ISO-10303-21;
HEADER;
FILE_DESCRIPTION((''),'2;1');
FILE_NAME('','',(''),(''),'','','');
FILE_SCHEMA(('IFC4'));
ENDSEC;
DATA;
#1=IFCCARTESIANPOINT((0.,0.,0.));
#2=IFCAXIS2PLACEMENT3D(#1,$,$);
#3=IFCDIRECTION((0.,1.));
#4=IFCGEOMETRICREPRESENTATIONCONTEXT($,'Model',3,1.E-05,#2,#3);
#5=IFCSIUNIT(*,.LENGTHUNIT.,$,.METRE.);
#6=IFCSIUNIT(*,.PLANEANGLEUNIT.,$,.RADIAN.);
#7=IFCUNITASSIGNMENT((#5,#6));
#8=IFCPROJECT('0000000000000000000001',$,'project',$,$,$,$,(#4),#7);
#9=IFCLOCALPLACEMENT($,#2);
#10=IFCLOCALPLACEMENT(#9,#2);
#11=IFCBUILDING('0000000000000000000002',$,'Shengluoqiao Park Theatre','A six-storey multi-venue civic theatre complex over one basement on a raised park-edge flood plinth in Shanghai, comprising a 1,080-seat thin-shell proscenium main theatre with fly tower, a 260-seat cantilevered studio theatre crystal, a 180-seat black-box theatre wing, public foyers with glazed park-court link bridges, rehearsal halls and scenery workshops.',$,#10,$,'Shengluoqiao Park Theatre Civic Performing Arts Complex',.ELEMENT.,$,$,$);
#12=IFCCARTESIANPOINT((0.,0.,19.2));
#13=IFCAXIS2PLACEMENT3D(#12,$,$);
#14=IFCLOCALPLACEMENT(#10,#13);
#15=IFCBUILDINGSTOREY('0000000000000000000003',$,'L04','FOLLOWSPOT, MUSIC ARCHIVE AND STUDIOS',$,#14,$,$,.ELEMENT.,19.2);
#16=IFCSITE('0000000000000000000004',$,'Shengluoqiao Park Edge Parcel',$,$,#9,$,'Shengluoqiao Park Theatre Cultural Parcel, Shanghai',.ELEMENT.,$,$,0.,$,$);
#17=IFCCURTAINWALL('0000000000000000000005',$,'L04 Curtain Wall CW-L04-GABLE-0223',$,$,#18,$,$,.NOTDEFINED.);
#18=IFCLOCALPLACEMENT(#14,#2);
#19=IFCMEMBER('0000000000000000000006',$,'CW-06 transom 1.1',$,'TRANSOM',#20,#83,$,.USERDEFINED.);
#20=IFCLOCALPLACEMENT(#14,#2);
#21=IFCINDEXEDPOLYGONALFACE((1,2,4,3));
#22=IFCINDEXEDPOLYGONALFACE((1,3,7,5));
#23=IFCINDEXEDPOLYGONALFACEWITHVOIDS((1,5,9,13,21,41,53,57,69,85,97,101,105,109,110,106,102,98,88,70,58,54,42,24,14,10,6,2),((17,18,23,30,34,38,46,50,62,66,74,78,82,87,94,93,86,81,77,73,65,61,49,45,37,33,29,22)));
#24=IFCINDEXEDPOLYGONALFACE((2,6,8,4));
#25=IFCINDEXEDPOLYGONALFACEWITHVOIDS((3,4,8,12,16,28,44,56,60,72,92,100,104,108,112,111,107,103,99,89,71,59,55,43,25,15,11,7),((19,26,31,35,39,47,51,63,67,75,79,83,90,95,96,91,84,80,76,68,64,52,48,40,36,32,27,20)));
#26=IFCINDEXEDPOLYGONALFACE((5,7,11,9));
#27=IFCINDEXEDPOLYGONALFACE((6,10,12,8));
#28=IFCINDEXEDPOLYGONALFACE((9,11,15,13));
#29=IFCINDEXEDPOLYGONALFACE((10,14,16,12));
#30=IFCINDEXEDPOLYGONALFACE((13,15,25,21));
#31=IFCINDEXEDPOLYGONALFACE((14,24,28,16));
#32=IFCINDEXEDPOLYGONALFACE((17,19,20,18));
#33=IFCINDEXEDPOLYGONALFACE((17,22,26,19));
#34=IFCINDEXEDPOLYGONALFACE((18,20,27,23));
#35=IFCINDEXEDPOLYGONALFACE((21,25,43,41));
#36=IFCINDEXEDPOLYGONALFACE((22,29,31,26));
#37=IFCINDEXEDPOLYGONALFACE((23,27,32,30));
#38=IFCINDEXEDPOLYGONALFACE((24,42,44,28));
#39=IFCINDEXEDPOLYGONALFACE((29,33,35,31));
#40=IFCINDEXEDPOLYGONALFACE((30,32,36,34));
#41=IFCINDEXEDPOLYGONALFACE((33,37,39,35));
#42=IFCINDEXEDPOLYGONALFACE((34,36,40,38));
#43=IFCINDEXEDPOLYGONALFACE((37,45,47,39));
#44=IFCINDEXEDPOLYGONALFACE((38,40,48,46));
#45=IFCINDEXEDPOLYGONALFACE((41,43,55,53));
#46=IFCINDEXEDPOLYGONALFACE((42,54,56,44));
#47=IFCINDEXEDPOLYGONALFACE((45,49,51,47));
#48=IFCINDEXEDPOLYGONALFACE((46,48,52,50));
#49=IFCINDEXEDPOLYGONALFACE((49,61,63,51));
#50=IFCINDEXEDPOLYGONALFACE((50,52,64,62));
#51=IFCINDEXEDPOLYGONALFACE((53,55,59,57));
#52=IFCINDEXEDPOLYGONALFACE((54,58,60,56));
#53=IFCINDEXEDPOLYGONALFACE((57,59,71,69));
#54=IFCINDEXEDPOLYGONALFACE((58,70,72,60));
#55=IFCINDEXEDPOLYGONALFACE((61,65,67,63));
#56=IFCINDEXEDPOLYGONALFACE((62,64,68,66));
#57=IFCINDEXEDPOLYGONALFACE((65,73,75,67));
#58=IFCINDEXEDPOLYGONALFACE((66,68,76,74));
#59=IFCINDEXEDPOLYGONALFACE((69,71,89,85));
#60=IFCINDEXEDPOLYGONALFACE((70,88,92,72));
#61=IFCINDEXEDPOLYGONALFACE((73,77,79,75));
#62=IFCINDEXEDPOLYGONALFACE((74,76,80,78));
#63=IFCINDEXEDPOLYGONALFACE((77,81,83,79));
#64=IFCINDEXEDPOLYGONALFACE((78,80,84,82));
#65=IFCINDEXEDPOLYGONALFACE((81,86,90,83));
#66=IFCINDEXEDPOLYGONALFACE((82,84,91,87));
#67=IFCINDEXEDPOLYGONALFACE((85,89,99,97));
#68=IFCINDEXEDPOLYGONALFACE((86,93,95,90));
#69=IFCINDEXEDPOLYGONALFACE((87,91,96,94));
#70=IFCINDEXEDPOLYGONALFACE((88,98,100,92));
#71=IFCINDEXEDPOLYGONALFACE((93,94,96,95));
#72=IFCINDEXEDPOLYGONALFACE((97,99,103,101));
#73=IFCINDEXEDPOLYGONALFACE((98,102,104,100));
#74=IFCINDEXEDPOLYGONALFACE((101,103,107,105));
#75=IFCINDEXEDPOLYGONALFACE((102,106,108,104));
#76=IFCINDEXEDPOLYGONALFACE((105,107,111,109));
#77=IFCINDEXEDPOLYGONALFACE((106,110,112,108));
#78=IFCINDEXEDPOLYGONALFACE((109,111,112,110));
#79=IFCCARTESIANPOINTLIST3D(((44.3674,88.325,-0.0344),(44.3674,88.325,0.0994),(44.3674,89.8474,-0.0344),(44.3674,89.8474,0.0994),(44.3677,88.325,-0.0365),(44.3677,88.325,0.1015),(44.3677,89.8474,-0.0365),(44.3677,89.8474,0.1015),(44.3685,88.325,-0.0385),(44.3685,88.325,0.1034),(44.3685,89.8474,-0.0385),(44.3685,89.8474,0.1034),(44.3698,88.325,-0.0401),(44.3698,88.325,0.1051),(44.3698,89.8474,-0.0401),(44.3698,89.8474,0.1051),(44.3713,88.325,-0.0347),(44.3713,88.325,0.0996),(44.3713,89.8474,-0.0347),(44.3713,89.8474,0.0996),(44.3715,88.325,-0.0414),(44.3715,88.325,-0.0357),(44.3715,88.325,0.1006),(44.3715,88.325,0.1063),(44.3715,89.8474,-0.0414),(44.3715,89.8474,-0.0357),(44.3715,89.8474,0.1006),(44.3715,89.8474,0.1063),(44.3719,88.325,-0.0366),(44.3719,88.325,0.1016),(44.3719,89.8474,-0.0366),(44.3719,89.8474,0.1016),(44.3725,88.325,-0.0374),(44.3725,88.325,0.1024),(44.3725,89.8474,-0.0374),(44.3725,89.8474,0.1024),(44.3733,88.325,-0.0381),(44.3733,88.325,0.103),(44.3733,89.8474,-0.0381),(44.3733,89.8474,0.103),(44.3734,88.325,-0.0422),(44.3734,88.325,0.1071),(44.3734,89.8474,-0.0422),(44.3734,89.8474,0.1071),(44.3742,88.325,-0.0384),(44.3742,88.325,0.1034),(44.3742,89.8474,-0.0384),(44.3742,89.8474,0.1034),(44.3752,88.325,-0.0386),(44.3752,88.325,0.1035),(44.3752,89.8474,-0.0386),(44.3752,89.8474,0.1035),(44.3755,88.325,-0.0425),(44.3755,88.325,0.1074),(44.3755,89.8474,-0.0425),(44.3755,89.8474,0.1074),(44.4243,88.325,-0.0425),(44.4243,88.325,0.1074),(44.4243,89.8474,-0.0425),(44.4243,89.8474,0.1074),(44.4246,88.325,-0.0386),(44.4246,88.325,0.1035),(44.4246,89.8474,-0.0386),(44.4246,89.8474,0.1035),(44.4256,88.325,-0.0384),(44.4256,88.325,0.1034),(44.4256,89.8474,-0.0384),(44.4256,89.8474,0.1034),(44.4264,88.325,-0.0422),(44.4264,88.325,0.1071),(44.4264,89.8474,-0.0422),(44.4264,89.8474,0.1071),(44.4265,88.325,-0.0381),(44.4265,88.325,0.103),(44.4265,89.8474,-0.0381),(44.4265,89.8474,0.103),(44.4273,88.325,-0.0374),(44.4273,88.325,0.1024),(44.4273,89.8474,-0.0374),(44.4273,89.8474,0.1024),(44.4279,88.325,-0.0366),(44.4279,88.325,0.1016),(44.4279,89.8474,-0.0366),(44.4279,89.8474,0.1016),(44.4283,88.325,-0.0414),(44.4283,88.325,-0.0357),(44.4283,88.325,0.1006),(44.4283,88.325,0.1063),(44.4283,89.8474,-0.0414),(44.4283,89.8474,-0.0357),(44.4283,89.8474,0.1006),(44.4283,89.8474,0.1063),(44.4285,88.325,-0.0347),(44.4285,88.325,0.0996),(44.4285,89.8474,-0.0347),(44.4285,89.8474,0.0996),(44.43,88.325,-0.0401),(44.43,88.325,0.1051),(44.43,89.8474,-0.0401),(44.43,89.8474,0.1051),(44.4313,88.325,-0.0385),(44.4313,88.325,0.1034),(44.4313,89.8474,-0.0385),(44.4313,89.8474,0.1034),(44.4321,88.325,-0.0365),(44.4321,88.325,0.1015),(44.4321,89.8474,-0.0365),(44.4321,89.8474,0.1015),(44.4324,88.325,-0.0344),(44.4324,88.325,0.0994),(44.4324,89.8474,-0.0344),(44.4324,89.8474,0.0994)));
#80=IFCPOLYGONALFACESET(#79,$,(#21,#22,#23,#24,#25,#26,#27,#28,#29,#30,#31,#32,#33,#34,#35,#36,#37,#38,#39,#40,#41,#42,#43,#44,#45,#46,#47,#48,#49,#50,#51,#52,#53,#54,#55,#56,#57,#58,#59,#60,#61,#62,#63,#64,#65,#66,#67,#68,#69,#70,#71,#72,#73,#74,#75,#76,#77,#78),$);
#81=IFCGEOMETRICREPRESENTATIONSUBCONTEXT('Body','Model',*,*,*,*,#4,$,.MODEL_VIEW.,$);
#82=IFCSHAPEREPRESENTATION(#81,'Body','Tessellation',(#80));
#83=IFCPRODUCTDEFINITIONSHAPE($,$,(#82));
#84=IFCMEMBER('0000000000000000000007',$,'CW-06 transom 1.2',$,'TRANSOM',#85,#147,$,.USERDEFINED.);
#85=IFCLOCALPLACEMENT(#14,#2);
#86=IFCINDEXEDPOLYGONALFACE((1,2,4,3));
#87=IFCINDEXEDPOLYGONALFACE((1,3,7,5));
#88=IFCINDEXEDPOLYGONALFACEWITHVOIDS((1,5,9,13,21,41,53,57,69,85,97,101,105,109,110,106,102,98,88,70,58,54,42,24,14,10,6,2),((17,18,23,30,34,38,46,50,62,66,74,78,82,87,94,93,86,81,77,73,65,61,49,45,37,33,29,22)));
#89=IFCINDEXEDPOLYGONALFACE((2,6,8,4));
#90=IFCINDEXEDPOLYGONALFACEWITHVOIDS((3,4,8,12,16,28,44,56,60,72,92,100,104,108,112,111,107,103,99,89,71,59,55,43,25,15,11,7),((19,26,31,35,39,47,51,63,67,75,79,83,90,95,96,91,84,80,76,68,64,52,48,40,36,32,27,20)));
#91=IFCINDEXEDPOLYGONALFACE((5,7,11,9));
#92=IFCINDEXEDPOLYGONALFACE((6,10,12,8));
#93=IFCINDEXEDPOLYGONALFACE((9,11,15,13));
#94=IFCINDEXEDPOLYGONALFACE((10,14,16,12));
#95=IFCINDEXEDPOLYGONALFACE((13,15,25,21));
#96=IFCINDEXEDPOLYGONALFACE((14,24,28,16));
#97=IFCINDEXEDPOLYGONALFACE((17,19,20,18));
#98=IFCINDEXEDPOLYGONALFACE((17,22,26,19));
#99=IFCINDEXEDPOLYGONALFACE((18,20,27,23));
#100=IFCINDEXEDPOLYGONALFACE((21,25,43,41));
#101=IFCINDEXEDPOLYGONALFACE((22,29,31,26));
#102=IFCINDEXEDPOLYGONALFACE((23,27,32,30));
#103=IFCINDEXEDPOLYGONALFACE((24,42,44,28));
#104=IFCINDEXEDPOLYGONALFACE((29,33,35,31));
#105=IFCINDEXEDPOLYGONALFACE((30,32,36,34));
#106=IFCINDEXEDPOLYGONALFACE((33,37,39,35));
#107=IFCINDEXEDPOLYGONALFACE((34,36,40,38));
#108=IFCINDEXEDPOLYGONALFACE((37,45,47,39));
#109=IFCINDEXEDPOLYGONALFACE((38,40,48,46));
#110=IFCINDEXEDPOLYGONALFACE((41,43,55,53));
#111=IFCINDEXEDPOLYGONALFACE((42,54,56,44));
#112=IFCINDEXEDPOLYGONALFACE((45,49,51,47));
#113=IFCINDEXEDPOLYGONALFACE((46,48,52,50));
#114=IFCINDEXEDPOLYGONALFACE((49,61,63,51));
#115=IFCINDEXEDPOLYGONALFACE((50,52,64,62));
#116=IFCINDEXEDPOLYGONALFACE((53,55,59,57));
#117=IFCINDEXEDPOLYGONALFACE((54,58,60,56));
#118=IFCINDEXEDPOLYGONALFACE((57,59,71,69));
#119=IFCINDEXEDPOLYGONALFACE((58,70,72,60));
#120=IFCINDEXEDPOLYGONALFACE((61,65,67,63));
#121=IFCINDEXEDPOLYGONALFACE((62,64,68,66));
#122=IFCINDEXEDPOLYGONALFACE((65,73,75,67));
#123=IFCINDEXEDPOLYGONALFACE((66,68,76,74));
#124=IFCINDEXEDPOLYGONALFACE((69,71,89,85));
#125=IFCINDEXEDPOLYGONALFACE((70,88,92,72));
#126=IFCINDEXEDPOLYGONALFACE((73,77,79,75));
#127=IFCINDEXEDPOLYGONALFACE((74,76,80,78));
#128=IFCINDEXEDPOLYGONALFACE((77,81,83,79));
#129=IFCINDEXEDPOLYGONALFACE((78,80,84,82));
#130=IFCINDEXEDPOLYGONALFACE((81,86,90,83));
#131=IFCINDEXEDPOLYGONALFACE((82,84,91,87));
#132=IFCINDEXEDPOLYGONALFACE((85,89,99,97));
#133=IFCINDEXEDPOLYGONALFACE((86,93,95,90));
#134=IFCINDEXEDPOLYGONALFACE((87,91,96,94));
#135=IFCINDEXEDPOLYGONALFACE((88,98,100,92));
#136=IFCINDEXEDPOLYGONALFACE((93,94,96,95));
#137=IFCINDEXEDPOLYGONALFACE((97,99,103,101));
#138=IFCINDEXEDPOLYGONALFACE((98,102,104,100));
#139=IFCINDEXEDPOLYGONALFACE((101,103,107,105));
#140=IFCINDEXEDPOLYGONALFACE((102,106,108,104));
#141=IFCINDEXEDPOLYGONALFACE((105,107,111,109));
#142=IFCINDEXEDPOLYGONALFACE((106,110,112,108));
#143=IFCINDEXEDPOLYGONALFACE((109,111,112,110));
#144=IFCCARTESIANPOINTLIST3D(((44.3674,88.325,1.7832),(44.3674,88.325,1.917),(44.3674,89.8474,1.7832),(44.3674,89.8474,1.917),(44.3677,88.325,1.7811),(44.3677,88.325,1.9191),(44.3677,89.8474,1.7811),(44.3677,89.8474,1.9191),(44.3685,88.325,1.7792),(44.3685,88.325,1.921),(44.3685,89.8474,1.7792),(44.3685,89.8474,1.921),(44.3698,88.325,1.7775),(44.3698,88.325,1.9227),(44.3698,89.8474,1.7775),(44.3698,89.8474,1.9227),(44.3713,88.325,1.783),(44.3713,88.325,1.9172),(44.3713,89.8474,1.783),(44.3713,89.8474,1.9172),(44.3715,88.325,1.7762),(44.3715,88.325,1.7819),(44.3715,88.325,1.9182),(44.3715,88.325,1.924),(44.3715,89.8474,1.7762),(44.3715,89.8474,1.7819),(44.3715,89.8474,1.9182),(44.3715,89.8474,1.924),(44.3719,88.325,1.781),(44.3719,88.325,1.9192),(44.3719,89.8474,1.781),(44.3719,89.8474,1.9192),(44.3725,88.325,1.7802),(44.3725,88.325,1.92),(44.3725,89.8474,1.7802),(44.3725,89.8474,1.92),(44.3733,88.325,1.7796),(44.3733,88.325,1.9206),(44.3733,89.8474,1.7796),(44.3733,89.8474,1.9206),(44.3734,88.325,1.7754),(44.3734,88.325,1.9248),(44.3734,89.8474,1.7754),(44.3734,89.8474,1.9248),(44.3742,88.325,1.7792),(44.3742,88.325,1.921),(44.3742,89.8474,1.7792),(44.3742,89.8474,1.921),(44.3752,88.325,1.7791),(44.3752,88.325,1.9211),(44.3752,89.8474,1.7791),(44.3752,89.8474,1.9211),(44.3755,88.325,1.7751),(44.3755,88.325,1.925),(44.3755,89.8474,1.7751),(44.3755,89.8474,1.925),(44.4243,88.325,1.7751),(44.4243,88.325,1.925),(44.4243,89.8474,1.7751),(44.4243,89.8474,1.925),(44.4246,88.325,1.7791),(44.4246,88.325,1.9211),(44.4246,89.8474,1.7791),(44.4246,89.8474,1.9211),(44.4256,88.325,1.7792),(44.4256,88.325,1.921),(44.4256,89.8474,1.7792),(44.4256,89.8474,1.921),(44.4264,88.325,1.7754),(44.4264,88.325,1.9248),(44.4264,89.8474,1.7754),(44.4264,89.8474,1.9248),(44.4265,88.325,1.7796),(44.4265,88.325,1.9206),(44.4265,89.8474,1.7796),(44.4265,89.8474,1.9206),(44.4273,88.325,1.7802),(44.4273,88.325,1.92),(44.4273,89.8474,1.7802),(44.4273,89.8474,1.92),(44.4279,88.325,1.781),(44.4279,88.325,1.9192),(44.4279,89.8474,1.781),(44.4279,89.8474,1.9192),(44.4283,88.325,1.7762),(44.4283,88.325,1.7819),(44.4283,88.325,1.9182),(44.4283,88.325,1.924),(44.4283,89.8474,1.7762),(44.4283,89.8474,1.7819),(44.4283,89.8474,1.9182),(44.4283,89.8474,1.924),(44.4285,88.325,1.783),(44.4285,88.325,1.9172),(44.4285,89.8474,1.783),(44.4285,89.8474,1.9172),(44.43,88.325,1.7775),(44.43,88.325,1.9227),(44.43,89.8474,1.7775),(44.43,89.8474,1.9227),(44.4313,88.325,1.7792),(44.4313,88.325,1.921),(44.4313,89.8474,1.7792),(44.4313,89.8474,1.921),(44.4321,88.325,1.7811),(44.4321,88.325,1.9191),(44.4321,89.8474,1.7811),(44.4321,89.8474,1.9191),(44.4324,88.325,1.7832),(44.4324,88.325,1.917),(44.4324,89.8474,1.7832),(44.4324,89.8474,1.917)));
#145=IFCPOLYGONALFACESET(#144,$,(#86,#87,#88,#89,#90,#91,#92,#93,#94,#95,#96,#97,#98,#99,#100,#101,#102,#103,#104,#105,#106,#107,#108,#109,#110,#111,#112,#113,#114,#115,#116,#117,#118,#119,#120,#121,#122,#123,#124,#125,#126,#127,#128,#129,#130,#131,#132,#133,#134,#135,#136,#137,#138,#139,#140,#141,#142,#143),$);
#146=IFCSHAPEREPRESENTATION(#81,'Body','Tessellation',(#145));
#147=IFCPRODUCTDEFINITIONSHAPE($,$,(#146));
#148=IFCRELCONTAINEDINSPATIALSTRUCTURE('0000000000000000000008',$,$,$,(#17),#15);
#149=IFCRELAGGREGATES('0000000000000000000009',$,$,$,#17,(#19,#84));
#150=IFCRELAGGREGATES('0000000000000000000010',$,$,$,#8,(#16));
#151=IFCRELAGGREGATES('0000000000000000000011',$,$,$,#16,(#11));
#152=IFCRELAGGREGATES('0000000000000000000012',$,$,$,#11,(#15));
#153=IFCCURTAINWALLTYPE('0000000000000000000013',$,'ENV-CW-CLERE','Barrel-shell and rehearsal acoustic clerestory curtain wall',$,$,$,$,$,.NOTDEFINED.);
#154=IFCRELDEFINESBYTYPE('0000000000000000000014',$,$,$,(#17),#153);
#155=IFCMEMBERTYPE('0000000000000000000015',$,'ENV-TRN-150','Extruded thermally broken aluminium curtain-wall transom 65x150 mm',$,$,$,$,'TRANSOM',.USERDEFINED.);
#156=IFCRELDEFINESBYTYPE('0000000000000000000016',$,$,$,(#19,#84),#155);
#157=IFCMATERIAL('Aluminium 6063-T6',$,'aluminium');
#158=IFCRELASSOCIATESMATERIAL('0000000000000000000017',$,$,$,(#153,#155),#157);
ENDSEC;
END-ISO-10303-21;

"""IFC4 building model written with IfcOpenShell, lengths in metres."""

from ifc_helpers import new_model, si_unit, direction, frame, origin, origin_2d, place, context, subcontext, project, spatial, hollow_rectangle, extrude, material, material_profile, profile_set, type_object, element, aggregate, save


model = new_model("IFC4")

# Units and contexts
model_context = context("Model", 3, precision=1e-05, world=origin(), true_north=direction((0.0, 1.0)))
body_context = subcontext(model_context, "Body", "Model", "MODEL_VIEW")
ifc_project = project(units=[si_unit("LENGTHUNIT", "METRE"), si_unit("PLANEANGLEUNIT", "RADIAN")], contexts=[model_context])

# Site, building, storey
site_placement = place(None, origin())
site = spatial("IfcSite", under=ifc_project, at=site_placement, Name="Shengluoqiao Park Edge Parcel", LongName="Shengluoqiao Park Theatre Cultural Parcel, Shanghai", CompositionType="ELEMENT", RefElevation=0.0)
building_placement = place(site_placement, origin())
building = spatial("IfcBuilding", under=site, at=building_placement, Name="Shengluoqiao Park Theatre", Description="A six-storey multi-venue civic theatre complex over one basement on a raised park-edge flood plinth in Shanghai, comprising a 1,080-seat thin-shell proscenium main theatre with fly tower, a 260-seat cantilevered studio theatre crystal, a 180-seat black-box theatre wing, public foyers with glazed park-court link bridges, rehearsal halls and scenery workshops.", LongName="Shengluoqiao Park Theatre Civic Performing Arts Complex", CompositionType="ELEMENT")
storey_placement = place(building_placement, frame((0.0, 0.0, 19.2)))
storey = spatial("IfcBuildingStorey", under=building, at=storey_placement, Name="L04", Description="FOLLOWSPOT, MUSIC ARCHIVE AND STUDIOS", CompositionType="ELEMENT", Elevation=19.2)

# Curtain wall, members
ifc_material_1 = material(Name="Aluminium 6063-T6", Category="aluminium")
curtain_wall_type = type_object("IfcCurtainWallType", Name="ENV-CW-CLERE", Description="Barrel-shell and rehearsal acoustic clerestory curtain wall", PredefinedType="NOTDEFINED", material=ifc_material_1)
curtain_wall_placement = place(storey_placement, origin())
curtain_wall = element("IfcCurtainWall", 1, at=curtain_wall_placement, inside=storey, type_object=curtain_wall_type, Name="L04 Curtain Wall CW-L04-GABLE-0223", PredefinedType="NOTDEFINED")
ifc_material_profile_1 = material_profile(ifc_material_1, hollow_rectangle(XDim=0.0649, YDim=0.1499, WallThickness=0.0039, InnerFilletRadius=0.0039, OuterFilletRadius=0.0081, at=origin_2d()), Name="ALU TRANSOM 150x65x4")
ifc_profile_set_1 = profile_set([ifc_material_profile_1], Name="Aluminium 6063-T6")
member_type_1 = type_object("IfcMemberType", Name="ENV-TRN-150", Description="Extruded thermally broken aluminium curtain-wall transom 65x150 mm", ElementType="TRANSOM", PredefinedType="USERDEFINED", material=ifc_profile_set_1)
member_1_placement = place(storey_placement, frame((44.3999, 88.325, 0.0325), z_axis=(0.0, 1.0, 0.0), x_axis=(-1.0, 0.0, 0.0)))
member_1 = element("IfcMember", 2, at=member_1_placement, type_object=member_type_1, Name="CW-06 transom 1.1", ObjectType="TRANSOM", PredefinedType="USERDEFINED", context=body_context, shape_type="SweptSolid", body=[
    extrude(hollow_rectangle(XDim=0.0649, YDim=0.1499, WallThickness=0.0039, InnerFilletRadius=0.0039, OuterFilletRadius=0.0081, at=origin_2d()), origin(), (0.0, 0.0, 1.0), 1.5225),
])
member_2_placement = place(storey_placement, frame((44.3999, 88.325, 1.8501), z_axis=(0.0, 1.0, 0.0), x_axis=(-1.0, 0.0, 0.0)))
member_2 = element("IfcMember", 3, at=member_2_placement, type_object=member_type_1, Name="CW-06 transom 1.2", ObjectType="TRANSOM", PredefinedType="USERDEFINED", context=body_context, shape_type="SweptSolid", body=[
    extrude(hollow_rectangle(XDim=0.0649, YDim=0.1499, WallThickness=0.0039, InnerFilletRadius=0.0039, OuterFilletRadius=0.0081, at=origin_2d()), origin(), (0.0, 0.0, 1.0), 1.5225),
])
aggregate(curtain_wall, [member_1, member_2])

save(model, "model.ifc")
